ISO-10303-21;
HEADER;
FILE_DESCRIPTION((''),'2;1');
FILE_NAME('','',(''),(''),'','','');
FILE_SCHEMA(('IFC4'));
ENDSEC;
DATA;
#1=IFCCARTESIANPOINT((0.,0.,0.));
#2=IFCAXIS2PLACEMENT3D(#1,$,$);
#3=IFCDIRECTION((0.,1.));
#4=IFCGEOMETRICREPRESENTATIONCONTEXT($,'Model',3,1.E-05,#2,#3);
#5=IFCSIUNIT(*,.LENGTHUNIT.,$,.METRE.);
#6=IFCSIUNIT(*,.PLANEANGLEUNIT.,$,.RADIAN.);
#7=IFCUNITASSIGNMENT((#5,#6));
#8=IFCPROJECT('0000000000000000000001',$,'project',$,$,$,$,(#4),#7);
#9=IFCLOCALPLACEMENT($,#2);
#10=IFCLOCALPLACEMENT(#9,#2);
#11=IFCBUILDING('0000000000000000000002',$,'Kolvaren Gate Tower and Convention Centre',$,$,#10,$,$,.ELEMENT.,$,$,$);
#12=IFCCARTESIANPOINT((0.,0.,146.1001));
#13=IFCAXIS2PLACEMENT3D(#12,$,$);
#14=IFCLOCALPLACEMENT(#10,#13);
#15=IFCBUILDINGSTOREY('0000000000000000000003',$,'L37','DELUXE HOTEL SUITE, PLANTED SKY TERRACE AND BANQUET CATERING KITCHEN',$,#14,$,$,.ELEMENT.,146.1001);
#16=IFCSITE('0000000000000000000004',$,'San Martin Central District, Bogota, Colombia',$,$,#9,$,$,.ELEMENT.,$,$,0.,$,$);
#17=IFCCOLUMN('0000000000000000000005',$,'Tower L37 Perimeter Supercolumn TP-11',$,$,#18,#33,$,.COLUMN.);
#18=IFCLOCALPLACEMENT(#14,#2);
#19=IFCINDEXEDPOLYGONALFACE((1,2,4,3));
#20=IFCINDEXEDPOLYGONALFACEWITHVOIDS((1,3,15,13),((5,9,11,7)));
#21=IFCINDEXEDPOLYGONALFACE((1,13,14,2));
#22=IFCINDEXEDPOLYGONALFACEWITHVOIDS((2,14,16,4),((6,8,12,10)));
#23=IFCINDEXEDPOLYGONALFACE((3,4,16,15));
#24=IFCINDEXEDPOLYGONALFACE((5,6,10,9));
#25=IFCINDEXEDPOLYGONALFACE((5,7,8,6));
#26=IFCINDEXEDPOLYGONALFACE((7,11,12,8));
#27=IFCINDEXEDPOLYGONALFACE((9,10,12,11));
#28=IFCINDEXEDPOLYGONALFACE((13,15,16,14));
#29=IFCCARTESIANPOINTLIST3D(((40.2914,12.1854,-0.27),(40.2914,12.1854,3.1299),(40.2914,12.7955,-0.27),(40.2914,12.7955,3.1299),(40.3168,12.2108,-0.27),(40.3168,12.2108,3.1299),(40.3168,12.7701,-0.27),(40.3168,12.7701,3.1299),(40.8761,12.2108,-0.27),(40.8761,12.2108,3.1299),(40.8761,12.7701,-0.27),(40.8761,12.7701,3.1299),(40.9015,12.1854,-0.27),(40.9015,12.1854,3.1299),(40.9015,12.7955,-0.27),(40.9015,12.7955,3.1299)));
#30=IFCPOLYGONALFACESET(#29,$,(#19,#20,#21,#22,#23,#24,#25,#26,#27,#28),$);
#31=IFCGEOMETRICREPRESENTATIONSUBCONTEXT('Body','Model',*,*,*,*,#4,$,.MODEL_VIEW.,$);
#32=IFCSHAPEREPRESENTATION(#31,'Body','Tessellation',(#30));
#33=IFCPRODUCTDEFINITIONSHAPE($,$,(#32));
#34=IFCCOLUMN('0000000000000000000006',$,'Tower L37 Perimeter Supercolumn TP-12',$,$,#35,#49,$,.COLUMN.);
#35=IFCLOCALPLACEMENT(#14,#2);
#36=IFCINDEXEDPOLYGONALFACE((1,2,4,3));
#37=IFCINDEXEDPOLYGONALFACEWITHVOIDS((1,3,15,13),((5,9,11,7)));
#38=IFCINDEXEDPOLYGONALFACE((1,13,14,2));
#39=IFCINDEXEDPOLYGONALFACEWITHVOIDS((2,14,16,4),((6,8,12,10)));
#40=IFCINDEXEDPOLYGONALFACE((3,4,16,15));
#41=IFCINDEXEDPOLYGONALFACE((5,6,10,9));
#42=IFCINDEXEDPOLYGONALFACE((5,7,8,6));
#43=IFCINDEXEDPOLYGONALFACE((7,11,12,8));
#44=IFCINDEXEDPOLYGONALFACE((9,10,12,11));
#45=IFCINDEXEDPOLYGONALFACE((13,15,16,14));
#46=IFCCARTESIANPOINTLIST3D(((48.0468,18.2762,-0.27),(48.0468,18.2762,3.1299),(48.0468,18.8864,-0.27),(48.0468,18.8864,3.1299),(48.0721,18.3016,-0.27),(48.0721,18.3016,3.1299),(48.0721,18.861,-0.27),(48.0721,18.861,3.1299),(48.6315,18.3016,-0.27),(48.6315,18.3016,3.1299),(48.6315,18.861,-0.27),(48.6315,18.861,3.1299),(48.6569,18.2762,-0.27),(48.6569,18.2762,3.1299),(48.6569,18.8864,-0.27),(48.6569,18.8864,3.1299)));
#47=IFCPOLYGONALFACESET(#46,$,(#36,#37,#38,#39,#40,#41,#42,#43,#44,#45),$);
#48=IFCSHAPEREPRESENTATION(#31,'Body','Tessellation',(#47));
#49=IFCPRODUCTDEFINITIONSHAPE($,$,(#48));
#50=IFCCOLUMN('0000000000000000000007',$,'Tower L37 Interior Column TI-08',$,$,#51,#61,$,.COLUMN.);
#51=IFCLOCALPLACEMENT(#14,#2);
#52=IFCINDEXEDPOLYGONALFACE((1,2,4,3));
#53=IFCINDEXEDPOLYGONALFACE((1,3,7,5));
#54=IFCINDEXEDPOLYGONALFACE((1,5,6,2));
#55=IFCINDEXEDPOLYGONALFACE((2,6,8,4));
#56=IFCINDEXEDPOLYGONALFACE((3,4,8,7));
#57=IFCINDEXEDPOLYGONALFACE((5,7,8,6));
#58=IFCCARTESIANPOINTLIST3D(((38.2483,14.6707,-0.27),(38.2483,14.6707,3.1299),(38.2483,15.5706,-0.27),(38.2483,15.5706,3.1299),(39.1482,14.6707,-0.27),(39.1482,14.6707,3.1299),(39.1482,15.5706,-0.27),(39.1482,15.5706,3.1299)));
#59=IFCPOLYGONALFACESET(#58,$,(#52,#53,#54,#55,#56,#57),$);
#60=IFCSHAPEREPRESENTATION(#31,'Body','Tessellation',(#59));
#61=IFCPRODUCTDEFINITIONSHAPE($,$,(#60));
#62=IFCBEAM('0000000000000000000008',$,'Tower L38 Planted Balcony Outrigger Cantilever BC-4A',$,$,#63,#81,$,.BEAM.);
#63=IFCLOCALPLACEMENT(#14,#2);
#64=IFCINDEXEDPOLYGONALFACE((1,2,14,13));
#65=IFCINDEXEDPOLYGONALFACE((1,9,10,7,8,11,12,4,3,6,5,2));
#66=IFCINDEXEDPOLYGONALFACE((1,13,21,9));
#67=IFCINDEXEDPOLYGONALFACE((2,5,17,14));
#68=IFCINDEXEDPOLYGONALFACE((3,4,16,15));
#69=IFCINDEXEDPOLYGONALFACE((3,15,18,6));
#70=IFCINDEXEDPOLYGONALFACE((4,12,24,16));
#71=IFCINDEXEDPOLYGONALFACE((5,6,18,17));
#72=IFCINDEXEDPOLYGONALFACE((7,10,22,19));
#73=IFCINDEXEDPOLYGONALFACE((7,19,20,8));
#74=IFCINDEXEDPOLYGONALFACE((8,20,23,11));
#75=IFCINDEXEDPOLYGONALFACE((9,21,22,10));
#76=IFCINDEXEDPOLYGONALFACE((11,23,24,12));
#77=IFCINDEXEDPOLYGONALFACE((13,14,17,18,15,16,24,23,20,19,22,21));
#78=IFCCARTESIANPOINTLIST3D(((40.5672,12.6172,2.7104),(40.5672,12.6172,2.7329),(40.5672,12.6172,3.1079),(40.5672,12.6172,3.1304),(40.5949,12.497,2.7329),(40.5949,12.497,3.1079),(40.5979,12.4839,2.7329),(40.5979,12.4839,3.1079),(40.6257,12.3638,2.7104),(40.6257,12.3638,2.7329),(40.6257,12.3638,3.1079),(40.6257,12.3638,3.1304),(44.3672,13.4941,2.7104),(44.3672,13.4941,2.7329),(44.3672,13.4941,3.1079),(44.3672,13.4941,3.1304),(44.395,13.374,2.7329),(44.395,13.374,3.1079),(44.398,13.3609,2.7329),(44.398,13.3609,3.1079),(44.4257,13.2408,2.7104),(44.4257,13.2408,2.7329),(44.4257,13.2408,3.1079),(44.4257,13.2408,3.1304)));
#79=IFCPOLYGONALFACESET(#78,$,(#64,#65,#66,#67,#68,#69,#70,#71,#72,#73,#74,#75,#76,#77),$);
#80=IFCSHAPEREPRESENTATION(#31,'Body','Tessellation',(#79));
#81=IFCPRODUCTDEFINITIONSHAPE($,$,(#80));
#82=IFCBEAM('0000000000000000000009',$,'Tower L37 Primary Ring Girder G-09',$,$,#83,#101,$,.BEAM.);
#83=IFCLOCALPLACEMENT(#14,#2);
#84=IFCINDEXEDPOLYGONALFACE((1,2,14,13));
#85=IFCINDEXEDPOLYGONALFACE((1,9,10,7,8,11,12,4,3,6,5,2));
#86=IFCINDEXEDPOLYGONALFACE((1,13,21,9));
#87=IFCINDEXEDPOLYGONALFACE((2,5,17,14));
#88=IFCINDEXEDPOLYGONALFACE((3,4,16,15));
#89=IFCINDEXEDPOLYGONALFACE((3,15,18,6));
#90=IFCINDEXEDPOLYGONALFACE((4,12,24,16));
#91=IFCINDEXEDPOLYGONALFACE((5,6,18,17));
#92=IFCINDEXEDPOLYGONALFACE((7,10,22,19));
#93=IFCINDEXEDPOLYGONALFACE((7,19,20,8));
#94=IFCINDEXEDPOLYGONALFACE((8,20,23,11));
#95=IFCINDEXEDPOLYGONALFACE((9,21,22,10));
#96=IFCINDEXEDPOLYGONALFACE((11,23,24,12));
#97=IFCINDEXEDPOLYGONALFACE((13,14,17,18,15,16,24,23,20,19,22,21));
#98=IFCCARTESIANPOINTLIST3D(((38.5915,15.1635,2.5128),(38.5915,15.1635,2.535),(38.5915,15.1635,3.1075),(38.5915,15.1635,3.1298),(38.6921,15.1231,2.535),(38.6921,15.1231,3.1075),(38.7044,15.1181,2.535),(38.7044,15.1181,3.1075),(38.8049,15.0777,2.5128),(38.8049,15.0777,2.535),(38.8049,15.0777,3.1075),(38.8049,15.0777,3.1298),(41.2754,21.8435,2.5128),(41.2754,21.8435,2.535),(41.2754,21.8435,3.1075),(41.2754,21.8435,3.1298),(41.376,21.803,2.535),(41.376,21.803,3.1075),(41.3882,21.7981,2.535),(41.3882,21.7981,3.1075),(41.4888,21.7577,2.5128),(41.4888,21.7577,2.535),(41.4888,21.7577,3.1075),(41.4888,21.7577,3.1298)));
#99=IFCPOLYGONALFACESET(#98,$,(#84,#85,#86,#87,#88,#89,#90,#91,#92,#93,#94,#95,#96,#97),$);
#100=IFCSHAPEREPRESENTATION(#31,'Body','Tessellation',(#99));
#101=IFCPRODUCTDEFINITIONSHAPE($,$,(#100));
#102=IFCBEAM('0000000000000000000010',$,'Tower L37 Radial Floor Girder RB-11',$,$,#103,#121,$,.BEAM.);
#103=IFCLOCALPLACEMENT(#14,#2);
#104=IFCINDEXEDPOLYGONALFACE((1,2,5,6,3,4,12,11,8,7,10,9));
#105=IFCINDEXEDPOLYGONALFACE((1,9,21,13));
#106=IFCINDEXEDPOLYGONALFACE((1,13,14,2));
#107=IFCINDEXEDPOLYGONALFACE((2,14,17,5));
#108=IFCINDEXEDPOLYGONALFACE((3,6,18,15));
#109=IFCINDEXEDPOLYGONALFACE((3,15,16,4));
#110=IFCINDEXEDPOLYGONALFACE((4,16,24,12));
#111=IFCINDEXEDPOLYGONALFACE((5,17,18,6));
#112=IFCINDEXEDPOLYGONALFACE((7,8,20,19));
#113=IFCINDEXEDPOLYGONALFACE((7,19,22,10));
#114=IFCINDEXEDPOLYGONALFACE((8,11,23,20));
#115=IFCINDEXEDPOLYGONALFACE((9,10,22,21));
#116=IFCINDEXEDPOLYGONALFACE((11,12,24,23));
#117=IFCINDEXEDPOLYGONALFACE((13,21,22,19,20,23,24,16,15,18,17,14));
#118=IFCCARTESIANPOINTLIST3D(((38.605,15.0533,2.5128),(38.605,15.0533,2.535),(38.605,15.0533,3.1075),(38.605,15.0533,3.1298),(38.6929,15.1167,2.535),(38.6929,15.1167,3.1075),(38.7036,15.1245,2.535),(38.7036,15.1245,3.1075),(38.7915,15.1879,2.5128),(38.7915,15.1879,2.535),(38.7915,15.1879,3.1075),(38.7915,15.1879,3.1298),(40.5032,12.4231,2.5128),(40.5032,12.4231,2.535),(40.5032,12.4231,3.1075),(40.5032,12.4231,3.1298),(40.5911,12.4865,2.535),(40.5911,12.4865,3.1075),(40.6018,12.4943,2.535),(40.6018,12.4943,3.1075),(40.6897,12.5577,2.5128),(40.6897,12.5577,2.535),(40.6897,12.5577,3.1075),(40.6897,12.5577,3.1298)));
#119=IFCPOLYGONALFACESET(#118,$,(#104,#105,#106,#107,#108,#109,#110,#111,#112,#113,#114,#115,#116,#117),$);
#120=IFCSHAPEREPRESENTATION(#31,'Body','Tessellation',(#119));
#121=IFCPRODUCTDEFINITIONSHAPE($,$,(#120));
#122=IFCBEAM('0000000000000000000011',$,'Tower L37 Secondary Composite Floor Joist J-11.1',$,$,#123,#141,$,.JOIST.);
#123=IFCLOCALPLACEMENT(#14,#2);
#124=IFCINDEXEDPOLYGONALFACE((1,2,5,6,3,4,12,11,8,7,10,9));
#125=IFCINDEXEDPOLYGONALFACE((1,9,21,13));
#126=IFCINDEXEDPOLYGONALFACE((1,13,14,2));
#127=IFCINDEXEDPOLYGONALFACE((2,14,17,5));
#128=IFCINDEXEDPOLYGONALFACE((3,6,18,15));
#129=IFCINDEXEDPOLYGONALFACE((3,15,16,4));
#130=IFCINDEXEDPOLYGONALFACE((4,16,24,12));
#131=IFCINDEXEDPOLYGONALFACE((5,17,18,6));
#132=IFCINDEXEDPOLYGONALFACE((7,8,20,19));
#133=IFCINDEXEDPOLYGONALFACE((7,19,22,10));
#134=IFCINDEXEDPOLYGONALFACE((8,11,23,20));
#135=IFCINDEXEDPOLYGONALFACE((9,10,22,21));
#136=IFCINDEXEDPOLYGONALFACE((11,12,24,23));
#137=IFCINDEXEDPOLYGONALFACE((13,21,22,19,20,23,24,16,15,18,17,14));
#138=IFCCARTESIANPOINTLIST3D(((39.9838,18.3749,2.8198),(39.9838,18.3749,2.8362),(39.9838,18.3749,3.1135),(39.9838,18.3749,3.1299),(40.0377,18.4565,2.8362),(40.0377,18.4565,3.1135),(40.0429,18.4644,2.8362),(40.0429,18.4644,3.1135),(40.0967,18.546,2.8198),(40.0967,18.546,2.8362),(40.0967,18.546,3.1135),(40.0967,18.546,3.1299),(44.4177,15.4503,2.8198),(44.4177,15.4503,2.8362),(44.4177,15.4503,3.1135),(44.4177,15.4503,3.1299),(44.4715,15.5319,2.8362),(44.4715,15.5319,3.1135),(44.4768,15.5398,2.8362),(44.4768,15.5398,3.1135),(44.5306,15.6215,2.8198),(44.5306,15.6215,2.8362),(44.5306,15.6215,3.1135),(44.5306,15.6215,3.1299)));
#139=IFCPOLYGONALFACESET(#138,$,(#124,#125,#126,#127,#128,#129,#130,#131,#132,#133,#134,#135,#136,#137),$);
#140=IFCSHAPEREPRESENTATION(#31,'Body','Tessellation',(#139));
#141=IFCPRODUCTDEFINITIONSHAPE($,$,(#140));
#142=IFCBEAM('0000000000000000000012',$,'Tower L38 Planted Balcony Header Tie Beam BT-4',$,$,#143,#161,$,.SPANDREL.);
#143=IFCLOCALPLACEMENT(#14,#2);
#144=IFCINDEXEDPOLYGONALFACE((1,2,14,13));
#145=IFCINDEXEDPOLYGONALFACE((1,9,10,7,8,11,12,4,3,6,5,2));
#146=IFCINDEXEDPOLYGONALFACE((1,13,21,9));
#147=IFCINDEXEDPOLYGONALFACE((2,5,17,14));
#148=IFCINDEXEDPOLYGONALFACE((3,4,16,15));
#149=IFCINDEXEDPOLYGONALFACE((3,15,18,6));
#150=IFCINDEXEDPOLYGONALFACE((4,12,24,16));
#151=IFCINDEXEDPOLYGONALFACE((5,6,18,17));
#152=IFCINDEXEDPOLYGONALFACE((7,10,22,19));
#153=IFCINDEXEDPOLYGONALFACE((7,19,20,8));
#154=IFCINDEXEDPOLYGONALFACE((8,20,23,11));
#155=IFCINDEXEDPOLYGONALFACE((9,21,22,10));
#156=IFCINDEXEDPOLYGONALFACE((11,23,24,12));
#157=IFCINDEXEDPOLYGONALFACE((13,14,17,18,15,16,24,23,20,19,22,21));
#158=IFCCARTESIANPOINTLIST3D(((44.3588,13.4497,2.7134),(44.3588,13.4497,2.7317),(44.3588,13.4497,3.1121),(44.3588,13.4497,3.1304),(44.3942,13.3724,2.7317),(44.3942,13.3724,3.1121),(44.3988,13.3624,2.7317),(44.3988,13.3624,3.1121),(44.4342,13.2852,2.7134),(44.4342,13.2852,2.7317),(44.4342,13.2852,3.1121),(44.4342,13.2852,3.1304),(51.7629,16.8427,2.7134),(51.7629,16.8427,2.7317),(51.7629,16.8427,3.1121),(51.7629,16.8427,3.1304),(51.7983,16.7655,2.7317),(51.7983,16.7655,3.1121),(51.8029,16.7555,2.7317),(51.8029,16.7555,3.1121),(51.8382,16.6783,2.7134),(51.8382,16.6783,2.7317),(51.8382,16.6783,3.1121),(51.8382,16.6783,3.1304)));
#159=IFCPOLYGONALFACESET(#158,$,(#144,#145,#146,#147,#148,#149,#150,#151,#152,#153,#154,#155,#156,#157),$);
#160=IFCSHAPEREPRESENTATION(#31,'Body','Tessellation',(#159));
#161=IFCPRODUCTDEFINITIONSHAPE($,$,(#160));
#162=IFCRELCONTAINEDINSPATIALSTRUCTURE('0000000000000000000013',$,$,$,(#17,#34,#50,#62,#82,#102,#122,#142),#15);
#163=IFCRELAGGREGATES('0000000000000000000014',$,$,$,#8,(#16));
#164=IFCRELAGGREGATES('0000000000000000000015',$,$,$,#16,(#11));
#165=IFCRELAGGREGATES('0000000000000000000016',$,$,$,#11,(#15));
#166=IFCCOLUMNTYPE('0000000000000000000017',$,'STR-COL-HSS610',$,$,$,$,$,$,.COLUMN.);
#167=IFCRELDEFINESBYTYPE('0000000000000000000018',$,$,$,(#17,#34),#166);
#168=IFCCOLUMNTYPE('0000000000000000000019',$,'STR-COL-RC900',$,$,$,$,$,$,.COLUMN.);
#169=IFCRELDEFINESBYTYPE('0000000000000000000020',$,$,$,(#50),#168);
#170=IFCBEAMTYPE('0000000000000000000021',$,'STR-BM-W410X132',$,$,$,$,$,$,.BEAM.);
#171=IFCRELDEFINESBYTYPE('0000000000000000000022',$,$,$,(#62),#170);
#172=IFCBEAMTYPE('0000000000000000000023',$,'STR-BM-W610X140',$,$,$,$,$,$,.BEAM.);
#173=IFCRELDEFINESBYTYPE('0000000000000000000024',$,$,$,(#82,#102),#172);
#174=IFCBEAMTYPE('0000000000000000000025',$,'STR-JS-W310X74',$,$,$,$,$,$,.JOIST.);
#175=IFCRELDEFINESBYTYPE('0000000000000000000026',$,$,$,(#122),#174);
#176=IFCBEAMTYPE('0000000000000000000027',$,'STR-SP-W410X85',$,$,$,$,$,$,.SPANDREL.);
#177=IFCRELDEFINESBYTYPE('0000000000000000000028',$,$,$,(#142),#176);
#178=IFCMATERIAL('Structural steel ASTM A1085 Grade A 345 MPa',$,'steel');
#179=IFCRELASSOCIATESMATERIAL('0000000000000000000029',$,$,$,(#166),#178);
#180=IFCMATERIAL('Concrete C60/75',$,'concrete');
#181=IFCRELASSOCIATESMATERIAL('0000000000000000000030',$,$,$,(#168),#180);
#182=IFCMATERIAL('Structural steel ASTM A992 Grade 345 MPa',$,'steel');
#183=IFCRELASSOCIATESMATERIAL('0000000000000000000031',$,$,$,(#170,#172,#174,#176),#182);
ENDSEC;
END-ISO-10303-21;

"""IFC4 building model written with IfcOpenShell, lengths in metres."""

from ifc_helpers import new_model, si_unit, direction, frame, origin, origin_2d, place, context, subcontext, project, spatial, rectangle, hollow_rectangle, i_section, extrude, material, material_profile, profile_set, type_object, element, save


model = new_model("IFC4")

# Units and contexts
model_context = context("Model", 3, precision=1e-05, world=origin(), true_north=direction((0.0, 1.0)))
body_context = subcontext(model_context, "Body", "Model", "MODEL_VIEW")
ifc_project = project(units=[si_unit("LENGTHUNIT", "METRE"), si_unit("PLANEANGLEUNIT", "RADIAN")], contexts=[model_context])

# Site, building, storey
site_placement = place(None, origin())
site = spatial("IfcSite", under=ifc_project, at=site_placement, Name="San Martin Central District, Bogota, Colombia", CompositionType="ELEMENT", RefElevation=0.0)
building_placement = place(site_placement, origin())
building = spatial("IfcBuilding", under=site, at=building_placement, Name="Kolvaren Gate Tower and Convention Centre", CompositionType="ELEMENT")
storey_placement = place(building_placement, frame((0.0, 0.0, 146.1001)))
storey = spatial("IfcBuildingStorey", under=building, at=storey_placement, Name="L37", Description="DELUXE HOTEL SUITE, PLANTED SKY TERRACE AND BANQUET CATERING KITCHEN", CompositionType="ELEMENT", Elevation=146.1001)

# Columns
ifc_material_1 = material(Name="Structural steel ASTM A1085 Grade A 345 MPa", Category="steel")
ifc_material_profile_1 = material_profile(ifc_material_1, hollow_rectangle(XDim=0.6101, YDim=0.6101, WallThickness=0.0254, at=origin_2d()), Name="HSS610X610X25.4")
ifc_profile_set_1 = profile_set([ifc_material_profile_1], Name="Structural steel ASTM A1085 Grade A 345 MPa")
column_type_1 = type_object("IfcColumnType", Name="STR-COL-HSS610", PredefinedType="COLUMN", material=ifc_profile_set_1)
for number, where, z_axis, x_axis, name in (
    (1, (40.5964, 12.4905, -0.27), (0.0, 0.0, 1.0), (1.0, 0.0, 0.0), "Tower L37 Perimeter Supercolumn TP-11"),
    (2, (48.3518, 18.5813, -0.27), (0.0, 0.0, 1.0), (1.0, 0.0, 0.0), "Tower L37 Perimeter Supercolumn TP-12"),
):
    element("IfcColumn", number, at=place(storey_placement, frame(where, z_axis=z_axis, x_axis=x_axis)), inside=storey, type_object=column_type_1, Name=name, PredefinedType="COLUMN", context=body_context, shape_type="SweptSolid", body=[
        extrude(hollow_rectangle(XDim=0.6101, YDim=0.6101, WallThickness=0.0254, at=origin_2d()), origin(), (0.0, 0.0, 1.0), 3.3999),
    ])
ifc_material_2 = material(Name="Concrete C60/75", Category="concrete")
ifc_material_profile_2 = material_profile(ifc_material_2, rectangle(XDim=0.8999, YDim=0.8999, at=origin_2d()), Name="RC-COL-900X900")
ifc_profile_set_2 = profile_set([ifc_material_profile_2], Name="Concrete C60/75")
column_type_2 = type_object("IfcColumnType", Name="STR-COL-RC900", PredefinedType="COLUMN", material=ifc_profile_set_2)
column_placement = place(storey_placement, frame((38.6982, 15.1206, -0.27), z_axis=(0.0, 0.0, 1.0), x_axis=(1.0, 0.0, 0.0)))
element("IfcColumn", 3, at=column_placement, inside=storey, type_object=column_type_2, Name="Tower L37 Interior Column TI-08", PredefinedType="COLUMN", context=body_context, shape_type="SweptSolid", body=[
    extrude(rectangle(XDim=0.8999, YDim=0.8999, at=origin_2d()), origin(), (0.0, 0.0, 1.0), 3.3999),
])

# Beams
ifc_material_3 = material(Name="Structural steel ASTM A992 Grade 345 MPa", Category="steel")
ifc_material_profile_3 = material_profile(ifc_material_3, i_section(OverallWidth=0.26, OverallDepth=0.4199, WebThickness=0.0134, FlangeThickness=0.0225, at=origin_2d()), Name="W410X132")
ifc_profile_set_3 = profile_set([ifc_material_profile_3], Name="Structural steel ASTM A992 Grade 345 MPa")
beam_type_1 = type_object("IfcBeamType", Name="STR-BM-W410X132", PredefinedType="BEAM", material=ifc_profile_set_3)
beam_1_placement = place(storey_placement, frame((40.5964, 12.4905, 2.9204), z_axis=(0.97439, 0.224864, 0.0), x_axis=(-0.224864, 0.97439, 0.0)))
element("IfcBeam", 4, at=beam_1_placement, inside=storey, type_object=beam_type_1, Name="Tower L38 Planted Balcony Outrigger Cantilever BC-4A", PredefinedType="BEAM", context=body_context, shape_type="SweptSolid", body=[
    extrude(i_section(OverallWidth=0.26, OverallDepth=0.4199, WebThickness=0.0134, FlangeThickness=0.0225, at=origin_2d()), origin(), (0.0, 0.0, 1.0), 3.8999),
])
ifc_material_profile_4 = material_profile(ifc_material_3, i_section(OverallWidth=0.23, OverallDepth=0.6169, WebThickness=0.0132, FlangeThickness=0.0222, at=origin_2d()), Name="W610X140")
ifc_profile_set_4 = profile_set([ifc_material_profile_4], Name="Structural steel ASTM A992 Grade 345 MPa")
beam_type_2 = type_object("IfcBeamType", Name="STR-BM-W610X140", PredefinedType="BEAM", material=ifc_profile_set_4)
beam_2_placement = place(storey_placement, frame((38.6982, 15.1206, 2.8213), z_axis=(0.372811, 0.927907, 0.0), x_axis=(-0.927907, 0.372811, 0.0)))
element("IfcBeam", 5, at=beam_2_placement, inside=storey, type_object=beam_type_2, Name="Tower L37 Primary Ring Girder G-09", PredefinedType="BEAM", context=body_context, shape_type="SweptSolid", body=[
    extrude(i_section(OverallWidth=0.23, OverallDepth=0.6169, WebThickness=0.0132, FlangeThickness=0.0222, at=origin_2d()), origin(), (0.0, 0.0, 1.0), 7.199),
])
beam_3_placement = place(storey_placement, frame((38.6982, 15.1206, 2.8213), z_axis=(0.585218, -0.810876, 0.0), x_axis=(0.810876, 0.585218, 0.0)))
element("IfcBeam", 6, at=beam_3_placement, inside=storey, type_object=beam_type_2, Name="Tower L37 Radial Floor Girder RB-11", PredefinedType="BEAM", context=body_context, shape_type="SweptSolid", body=[
    extrude(i_section(OverallWidth=0.23, OverallDepth=0.6169, WebThickness=0.0132, FlangeThickness=0.0222, at=origin_2d()), origin(), (0.0, 0.0, 1.0), 3.2437),
])
ifc_material_profile_5 = material_profile(ifc_material_3, i_section(OverallWidth=0.2051, OverallDepth=0.3101, WebThickness=0.0095, FlangeThickness=0.0164, at=origin_2d()), Name="W310X74")
ifc_profile_set_5 = profile_set([ifc_material_profile_5], Name="Structural steel ASTM A992 Grade 345 MPa")
beam_type_3 = type_object("IfcBeamType", Name="STR-JS-W310X74", PredefinedType="JOIST", material=ifc_profile_set_5)
beam_4_placement = place(storey_placement, frame((40.0403, 18.4604, 2.9749), z_axis=(0.834763, -0.55061, 0.0), x_axis=(0.55061, 0.834763, 0.0)))
element("IfcBeam", 7, at=beam_4_placement, inside=storey, type_object=beam_type_3, Name="Tower L37 Secondary Composite Floor Joist J-11.1", PredefinedType="JOIST", context=body_context, shape_type="SweptSolid", body=[
    extrude(i_section(OverallWidth=0.2051, OverallDepth=0.3101, WebThickness=0.0095, FlangeThickness=0.0164, at=origin_2d()), origin(), (0.0, 0.0, 1.0), 5.3115),
])
ifc_material_profile_6 = material_profile(ifc_material_3, i_section(OverallWidth=0.1809, OverallDepth=0.417, WebThickness=0.011, FlangeThickness=0.0183, at=origin_2d()), Name="W410X85")
ifc_profile_set_6 = profile_set([ifc_material_profile_6], Name="Structural steel ASTM A992 Grade 345 MPa")
beam_type_4 = type_object("IfcBeamType", Name="STR-SP-W410X85", PredefinedType="SPANDREL", material=ifc_profile_set_6)
beam_5_placement = place(storey_placement, frame((44.3965, 13.3674, 2.9219), z_axis=(0.909086, 0.416608, 0.0), x_axis=(-0.416608, 0.909086, 0.0)))
element("IfcBeam", 8, at=beam_5_placement, inside=storey, type_object=beam_type_4, Name="Tower L38 Planted Balcony Header Tie Beam BT-4", PredefinedType="SPANDREL", context=body_context, shape_type="SweptSolid", body=[
    extrude(i_section(OverallWidth=0.1809, OverallDepth=0.417, WebThickness=0.011, FlangeThickness=0.0183, at=origin_2d()), origin(), (0.0, 0.0, 1.0), 8.1445),
])

save(model, "model.ifc")
